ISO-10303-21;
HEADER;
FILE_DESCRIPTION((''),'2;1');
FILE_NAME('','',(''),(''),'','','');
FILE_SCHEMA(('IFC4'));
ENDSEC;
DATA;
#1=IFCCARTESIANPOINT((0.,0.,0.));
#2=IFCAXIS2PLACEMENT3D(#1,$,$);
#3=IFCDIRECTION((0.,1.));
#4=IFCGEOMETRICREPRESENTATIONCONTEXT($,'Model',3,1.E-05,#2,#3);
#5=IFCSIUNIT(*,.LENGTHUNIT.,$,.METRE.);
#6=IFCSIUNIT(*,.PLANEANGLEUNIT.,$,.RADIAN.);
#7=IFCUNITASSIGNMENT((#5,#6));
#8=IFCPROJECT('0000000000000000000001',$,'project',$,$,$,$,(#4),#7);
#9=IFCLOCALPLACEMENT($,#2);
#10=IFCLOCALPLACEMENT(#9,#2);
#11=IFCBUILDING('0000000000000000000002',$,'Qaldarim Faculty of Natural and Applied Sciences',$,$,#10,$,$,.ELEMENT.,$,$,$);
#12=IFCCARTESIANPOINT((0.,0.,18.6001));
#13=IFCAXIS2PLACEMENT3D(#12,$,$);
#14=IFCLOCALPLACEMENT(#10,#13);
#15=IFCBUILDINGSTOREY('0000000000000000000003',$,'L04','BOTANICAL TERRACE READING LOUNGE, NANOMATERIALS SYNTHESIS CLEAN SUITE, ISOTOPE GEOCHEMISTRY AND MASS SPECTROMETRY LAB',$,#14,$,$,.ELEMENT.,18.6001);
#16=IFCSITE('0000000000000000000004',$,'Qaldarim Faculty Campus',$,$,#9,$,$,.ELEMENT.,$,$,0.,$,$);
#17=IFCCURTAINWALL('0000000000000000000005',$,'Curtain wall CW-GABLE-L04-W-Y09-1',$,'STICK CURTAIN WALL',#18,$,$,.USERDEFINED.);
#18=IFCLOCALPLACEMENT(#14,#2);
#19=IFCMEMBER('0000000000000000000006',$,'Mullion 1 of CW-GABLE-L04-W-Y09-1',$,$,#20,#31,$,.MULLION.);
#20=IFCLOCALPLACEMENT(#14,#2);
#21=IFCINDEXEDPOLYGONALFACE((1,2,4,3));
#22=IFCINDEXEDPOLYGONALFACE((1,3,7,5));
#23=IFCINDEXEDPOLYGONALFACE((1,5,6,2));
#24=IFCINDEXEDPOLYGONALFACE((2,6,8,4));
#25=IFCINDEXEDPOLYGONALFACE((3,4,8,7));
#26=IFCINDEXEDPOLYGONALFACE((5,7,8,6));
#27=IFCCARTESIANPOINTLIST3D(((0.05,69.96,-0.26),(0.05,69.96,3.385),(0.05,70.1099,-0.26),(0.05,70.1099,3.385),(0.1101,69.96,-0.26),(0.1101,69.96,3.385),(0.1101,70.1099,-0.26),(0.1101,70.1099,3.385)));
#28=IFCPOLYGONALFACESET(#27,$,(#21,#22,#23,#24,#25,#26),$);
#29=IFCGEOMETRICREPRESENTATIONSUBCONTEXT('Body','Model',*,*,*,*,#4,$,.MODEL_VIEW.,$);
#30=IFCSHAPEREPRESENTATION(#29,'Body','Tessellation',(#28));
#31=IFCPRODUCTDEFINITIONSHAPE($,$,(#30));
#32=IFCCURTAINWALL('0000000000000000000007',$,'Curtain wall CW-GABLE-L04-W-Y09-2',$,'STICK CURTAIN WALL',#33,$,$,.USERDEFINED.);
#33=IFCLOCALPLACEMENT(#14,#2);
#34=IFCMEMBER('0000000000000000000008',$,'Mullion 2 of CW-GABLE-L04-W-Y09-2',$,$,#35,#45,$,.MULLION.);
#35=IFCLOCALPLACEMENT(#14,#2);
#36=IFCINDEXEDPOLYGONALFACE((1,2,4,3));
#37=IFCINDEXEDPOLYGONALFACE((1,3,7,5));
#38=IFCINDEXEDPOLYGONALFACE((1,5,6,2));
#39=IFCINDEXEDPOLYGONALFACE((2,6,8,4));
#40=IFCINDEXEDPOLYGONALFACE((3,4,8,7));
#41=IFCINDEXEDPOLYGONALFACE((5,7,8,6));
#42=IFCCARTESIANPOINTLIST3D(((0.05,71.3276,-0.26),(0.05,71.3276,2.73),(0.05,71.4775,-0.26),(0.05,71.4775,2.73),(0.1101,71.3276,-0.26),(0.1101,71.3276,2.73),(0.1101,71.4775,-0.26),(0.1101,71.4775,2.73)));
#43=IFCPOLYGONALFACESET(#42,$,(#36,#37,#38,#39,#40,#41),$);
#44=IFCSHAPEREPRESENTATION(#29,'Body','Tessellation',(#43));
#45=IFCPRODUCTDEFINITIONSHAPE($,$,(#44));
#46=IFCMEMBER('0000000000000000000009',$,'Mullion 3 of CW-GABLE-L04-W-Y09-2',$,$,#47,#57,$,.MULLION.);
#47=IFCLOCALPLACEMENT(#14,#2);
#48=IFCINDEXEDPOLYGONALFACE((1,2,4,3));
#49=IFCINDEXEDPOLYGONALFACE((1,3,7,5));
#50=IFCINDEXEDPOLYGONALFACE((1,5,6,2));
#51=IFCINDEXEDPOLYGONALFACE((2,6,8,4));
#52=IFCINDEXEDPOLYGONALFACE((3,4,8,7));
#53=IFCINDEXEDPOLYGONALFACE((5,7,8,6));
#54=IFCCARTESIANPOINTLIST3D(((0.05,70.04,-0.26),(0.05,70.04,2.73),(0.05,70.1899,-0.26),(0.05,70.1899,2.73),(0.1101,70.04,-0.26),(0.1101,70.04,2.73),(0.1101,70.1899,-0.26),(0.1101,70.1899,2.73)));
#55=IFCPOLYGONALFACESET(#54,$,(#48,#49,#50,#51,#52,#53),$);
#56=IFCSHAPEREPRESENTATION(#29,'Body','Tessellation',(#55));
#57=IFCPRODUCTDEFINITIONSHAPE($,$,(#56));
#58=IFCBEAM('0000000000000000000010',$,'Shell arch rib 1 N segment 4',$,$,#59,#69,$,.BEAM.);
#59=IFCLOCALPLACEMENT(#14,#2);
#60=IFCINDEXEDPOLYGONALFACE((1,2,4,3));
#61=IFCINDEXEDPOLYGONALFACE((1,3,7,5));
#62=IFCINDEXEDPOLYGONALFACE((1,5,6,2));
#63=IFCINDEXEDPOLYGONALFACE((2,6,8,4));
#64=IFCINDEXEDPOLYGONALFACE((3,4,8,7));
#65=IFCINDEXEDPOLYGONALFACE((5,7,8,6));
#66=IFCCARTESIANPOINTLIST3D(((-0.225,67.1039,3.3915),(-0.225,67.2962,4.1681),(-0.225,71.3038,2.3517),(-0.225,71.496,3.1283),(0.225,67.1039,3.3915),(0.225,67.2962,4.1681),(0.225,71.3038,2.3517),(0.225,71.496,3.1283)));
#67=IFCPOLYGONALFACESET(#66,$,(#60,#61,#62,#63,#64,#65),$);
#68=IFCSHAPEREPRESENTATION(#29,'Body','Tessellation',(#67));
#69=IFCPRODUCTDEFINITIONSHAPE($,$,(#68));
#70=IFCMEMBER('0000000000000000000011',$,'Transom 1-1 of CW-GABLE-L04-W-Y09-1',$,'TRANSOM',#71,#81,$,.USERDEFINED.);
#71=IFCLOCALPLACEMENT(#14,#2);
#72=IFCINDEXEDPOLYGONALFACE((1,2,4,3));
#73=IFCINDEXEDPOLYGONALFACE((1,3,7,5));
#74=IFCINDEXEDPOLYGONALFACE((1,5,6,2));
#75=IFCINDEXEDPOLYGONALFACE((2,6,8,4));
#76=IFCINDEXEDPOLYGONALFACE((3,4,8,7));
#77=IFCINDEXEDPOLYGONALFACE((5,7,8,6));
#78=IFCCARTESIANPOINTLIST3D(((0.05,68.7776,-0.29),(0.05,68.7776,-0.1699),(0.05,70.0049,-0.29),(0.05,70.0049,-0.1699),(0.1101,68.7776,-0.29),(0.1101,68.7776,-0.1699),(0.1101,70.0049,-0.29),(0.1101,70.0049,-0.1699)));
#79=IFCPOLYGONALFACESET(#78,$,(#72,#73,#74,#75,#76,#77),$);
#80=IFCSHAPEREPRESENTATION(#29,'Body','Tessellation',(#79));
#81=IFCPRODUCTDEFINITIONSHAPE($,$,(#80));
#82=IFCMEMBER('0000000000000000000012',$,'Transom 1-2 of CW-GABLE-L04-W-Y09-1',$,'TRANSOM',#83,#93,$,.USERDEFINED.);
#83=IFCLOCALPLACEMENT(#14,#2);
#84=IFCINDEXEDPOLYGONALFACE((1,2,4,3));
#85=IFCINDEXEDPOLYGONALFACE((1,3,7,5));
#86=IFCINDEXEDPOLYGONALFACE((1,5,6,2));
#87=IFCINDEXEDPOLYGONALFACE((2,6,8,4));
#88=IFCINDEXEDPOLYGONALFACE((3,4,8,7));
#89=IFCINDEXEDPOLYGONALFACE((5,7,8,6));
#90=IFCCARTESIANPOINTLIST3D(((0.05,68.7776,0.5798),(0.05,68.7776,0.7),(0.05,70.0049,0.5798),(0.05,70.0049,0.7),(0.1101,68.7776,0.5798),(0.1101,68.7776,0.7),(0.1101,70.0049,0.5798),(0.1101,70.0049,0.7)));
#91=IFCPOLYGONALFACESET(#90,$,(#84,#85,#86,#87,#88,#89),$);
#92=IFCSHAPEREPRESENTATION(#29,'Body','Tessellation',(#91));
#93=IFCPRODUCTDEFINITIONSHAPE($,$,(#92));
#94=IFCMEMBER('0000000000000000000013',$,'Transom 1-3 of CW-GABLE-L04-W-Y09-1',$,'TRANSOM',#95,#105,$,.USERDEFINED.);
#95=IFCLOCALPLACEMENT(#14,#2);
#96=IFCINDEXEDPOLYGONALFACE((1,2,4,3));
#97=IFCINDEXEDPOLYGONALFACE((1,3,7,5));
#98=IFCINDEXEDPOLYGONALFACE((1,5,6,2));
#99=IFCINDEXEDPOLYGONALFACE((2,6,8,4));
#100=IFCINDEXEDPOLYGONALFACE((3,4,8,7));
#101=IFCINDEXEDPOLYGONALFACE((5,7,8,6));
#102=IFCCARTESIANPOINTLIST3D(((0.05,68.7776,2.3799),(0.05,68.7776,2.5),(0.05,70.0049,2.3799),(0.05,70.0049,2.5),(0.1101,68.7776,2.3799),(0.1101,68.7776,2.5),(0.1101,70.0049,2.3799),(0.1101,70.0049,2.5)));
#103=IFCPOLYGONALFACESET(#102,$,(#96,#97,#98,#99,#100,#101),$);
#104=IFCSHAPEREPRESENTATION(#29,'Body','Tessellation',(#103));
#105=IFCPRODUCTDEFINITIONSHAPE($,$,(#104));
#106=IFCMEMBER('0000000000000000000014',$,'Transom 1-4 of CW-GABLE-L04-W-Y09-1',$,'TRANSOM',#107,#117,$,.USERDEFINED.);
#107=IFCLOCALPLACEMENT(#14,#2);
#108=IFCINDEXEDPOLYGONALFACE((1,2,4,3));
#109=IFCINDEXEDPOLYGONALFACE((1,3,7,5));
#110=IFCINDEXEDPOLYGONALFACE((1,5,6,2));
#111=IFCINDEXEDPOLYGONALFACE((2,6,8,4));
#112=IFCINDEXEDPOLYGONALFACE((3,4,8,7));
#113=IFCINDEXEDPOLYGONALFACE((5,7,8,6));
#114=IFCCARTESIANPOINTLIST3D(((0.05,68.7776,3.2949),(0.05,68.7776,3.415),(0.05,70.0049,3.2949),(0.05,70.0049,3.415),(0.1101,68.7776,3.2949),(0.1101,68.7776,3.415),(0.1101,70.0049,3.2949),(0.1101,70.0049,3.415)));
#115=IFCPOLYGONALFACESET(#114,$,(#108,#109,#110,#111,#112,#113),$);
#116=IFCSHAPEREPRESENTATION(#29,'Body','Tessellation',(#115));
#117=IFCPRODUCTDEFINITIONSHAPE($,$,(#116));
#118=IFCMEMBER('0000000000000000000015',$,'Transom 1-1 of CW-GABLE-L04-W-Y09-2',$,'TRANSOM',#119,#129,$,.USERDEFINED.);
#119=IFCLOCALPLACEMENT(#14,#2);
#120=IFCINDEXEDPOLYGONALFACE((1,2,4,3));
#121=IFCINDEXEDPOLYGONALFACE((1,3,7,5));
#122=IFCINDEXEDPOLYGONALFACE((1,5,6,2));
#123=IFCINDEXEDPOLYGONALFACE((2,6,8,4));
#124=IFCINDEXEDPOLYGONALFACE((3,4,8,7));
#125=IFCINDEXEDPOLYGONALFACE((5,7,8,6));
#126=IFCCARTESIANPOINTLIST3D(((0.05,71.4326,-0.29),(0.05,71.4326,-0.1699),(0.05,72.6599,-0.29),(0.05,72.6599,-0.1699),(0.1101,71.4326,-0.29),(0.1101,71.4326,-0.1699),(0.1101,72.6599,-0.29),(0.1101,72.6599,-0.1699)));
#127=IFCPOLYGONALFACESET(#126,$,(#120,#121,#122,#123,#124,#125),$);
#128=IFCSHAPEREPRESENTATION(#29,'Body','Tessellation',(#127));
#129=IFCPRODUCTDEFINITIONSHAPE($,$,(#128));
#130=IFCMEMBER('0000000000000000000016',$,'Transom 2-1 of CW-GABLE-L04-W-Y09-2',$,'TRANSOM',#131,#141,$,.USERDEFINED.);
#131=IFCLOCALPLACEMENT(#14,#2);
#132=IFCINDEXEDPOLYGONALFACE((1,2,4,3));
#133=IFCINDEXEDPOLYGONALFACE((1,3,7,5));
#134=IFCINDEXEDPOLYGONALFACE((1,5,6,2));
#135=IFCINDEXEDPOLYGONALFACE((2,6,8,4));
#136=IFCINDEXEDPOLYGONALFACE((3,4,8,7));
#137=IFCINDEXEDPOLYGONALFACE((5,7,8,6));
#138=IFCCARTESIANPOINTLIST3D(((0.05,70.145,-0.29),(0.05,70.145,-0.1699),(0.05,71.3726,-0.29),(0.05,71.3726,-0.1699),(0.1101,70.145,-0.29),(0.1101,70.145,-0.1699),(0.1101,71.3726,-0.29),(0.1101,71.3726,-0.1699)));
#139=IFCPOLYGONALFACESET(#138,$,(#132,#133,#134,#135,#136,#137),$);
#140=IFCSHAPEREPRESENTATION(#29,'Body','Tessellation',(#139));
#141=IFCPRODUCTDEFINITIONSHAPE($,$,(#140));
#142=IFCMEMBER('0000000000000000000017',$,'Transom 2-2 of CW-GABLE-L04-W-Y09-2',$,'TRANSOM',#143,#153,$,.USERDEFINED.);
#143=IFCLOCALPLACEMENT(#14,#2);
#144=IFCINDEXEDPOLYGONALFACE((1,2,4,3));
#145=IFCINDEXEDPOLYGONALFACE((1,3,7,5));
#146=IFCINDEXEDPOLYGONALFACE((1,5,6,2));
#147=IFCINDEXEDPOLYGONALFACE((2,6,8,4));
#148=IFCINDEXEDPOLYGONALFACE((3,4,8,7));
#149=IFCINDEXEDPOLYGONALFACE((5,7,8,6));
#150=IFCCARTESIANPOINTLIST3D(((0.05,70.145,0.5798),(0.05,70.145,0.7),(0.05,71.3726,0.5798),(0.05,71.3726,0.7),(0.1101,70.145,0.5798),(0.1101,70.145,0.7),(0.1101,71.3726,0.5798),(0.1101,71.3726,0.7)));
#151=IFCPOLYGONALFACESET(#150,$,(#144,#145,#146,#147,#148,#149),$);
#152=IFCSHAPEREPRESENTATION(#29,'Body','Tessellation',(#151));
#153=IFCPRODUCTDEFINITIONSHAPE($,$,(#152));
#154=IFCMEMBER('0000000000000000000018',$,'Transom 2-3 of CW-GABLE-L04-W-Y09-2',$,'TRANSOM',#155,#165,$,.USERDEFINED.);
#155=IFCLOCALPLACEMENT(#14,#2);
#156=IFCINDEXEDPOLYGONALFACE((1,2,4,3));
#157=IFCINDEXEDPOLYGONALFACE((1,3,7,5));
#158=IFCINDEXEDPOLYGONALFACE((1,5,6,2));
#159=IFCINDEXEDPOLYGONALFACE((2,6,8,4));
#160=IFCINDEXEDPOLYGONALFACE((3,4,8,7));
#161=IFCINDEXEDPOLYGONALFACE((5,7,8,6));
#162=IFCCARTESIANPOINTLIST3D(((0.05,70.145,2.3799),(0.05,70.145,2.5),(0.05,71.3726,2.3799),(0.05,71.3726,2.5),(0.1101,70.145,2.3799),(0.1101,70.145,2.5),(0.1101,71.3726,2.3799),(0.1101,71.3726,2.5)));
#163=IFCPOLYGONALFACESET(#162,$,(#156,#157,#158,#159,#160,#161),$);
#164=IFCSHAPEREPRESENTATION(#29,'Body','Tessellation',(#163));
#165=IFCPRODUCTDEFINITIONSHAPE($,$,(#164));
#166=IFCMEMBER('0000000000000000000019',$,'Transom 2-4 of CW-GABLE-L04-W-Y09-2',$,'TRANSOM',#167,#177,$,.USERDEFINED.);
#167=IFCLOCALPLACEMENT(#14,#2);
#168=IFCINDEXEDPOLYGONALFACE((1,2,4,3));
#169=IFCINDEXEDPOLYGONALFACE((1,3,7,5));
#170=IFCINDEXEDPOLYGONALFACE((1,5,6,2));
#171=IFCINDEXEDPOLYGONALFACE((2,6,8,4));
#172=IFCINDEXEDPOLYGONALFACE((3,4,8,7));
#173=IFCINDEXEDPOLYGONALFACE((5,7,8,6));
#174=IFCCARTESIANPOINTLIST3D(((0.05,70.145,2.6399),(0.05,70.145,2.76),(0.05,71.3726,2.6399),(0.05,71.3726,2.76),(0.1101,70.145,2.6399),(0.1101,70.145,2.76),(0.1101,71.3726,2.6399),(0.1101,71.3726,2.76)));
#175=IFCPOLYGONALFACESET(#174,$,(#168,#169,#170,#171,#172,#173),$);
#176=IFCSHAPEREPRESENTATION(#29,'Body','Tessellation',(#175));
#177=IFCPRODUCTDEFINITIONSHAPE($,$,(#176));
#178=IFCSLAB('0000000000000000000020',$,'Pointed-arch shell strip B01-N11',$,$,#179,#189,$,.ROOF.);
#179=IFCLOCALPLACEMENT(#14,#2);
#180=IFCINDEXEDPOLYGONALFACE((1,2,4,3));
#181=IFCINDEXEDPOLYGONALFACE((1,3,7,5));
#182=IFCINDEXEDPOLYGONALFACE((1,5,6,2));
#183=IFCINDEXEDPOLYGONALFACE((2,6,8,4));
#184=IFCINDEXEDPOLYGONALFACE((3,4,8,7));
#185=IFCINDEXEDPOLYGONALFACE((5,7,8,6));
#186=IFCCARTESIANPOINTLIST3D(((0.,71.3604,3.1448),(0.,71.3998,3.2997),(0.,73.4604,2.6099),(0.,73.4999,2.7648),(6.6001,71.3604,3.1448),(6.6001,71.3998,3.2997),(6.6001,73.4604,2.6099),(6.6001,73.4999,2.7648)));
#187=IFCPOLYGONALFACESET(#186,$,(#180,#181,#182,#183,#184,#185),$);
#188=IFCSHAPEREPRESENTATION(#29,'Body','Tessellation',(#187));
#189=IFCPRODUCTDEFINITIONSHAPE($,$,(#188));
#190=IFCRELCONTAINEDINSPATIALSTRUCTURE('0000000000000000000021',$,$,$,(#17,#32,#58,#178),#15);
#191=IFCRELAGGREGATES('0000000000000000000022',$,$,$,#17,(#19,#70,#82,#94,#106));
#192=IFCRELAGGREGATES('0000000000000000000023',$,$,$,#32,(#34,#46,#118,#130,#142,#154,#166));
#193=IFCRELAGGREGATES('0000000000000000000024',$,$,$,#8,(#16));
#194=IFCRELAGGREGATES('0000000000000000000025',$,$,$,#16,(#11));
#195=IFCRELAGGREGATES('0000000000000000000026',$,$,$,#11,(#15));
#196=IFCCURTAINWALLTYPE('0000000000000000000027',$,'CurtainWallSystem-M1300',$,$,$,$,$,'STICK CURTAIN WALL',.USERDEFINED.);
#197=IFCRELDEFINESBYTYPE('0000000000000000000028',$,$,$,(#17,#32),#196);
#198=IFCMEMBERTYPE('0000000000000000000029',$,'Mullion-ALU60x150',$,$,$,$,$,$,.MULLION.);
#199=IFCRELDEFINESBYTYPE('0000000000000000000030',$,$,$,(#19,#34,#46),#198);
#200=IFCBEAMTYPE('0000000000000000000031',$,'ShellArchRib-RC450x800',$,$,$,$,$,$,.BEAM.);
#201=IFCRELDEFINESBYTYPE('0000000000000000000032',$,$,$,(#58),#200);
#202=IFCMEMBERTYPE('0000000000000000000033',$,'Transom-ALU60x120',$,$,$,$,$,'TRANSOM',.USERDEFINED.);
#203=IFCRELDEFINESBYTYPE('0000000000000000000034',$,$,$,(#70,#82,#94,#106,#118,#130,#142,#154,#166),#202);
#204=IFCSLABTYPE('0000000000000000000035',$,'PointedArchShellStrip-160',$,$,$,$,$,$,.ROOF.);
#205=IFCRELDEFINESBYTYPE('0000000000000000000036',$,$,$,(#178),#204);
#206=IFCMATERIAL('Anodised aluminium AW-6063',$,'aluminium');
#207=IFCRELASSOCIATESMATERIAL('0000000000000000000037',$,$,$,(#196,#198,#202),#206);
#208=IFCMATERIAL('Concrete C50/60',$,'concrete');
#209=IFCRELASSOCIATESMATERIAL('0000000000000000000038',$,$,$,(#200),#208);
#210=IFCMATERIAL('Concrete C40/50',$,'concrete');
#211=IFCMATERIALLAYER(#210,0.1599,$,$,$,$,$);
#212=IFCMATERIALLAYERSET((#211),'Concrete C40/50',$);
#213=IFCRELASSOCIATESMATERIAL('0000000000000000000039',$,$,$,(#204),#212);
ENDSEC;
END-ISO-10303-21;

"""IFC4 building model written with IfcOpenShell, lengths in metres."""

from ifc_helpers import new_model, si_unit, direction, frame, origin, origin_2d, place, context, subcontext, project, spatial, polyline, rectangle, outline, extrude, material, layer, layer_set, material_profile, profile_set, type_object, element, aggregate, save


model = new_model("IFC4")

# Units and contexts
model_context = context("Model", 3, precision=1e-05, world=origin(), true_north=direction((0.0, 1.0)))
body_context = subcontext(model_context, "Body", "Model", "MODEL_VIEW")
ifc_project = project(units=[si_unit("LENGTHUNIT", "METRE"), si_unit("PLANEANGLEUNIT", "RADIAN")], contexts=[model_context])

# Site, building, storey
site_placement = place(None, origin())
site = spatial("IfcSite", under=ifc_project, at=site_placement, Name="Qaldarim Faculty Campus", CompositionType="ELEMENT", RefElevation=0.0)
building_placement = place(site_placement, origin())
building = spatial("IfcBuilding", under=site, at=building_placement, Name="Qaldarim Faculty of Natural and Applied Sciences", CompositionType="ELEMENT")
storey_placement = place(building_placement, frame((0.0, 0.0, 18.6001)))
storey = spatial("IfcBuildingStorey", under=building, at=storey_placement, Name="L04", Description="BOTANICAL TERRACE READING LOUNGE, NANOMATERIALS SYNTHESIS CLEAN SUITE, ISOTOPE GEOCHEMISTRY AND MASS SPECTROMETRY LAB", CompositionType="ELEMENT", Elevation=18.6001)

# Curtain wall, member
ifc_material_1 = material(Name="Anodised aluminium AW-6063", Category="aluminium")
curtain_wall_type = type_object("IfcCurtainWallType", Name="CurtainWallSystem-M1300", ElementType="STICK CURTAIN WALL", PredefinedType="USERDEFINED", material=ifc_material_1)
curtain_wall_1_placement = place(storey_placement, origin())
curtain_wall_1 = element("IfcCurtainWall", 1, at=curtain_wall_1_placement, inside=storey, type_object=curtain_wall_type, Name="Curtain wall CW-GABLE-L04-W-Y09-1", ObjectType="STICK CURTAIN WALL", PredefinedType="USERDEFINED")
ifc_material_profile_1 = material_profile(ifc_material_1, rectangle(XDim=0.0601, YDim=0.1499, at=origin_2d()), Name="ALU-M60x150")
ifc_profile_set_1 = profile_set([ifc_material_profile_1], Name="Anodised aluminium AW-6063")
member_type_1 = type_object("IfcMemberType", Name="Mullion-ALU60x150", PredefinedType="MULLION", material=ifc_profile_set_1)
member_1_placement = place(storey_placement, frame((0.0801, 70.0349, -0.26), z_axis=(0.0, 0.0, 1.0), x_axis=(1.0, 0.0, 0.0)))
member_1 = element("IfcMember", 2, at=member_1_placement, type_object=member_type_1, Name="Mullion 1 of CW-GABLE-L04-W-Y09-1", PredefinedType="MULLION", context=body_context, shape_type="SweptSolid", body=[
    extrude(rectangle(XDim=0.0601, YDim=0.1499, at=origin_2d()), origin(), (0.0, 0.0, 1.0), 3.645),
])

# Curtain wall, members
curtain_wall_2_placement = place(storey_placement, origin())
curtain_wall_2 = element("IfcCurtainWall", 3, at=curtain_wall_2_placement, inside=storey, type_object=curtain_wall_type, Name="Curtain wall CW-GABLE-L04-W-Y09-2", ObjectType="STICK CURTAIN WALL", PredefinedType="USERDEFINED")
member_2_placement = place(storey_placement, frame((0.0801, 71.4026, -0.26), z_axis=(0.0, 0.0, 1.0), x_axis=(1.0, 0.0, 0.0)))
member_2 = element("IfcMember", 4, at=member_2_placement, type_object=member_type_1, Name="Mullion 2 of CW-GABLE-L04-W-Y09-2", PredefinedType="MULLION", context=body_context, shape_type="SweptSolid", body=[
    extrude(rectangle(XDim=0.0601, YDim=0.1499, at=origin_2d()), origin(), (0.0, 0.0, 1.0), 2.99),
])
member_3_placement = place(storey_placement, frame((0.0801, 70.115, -0.26), z_axis=(0.0, 0.0, 1.0), x_axis=(1.0, 0.0, 0.0)))
member_3 = element("IfcMember", 5, at=member_3_placement, type_object=member_type_1, Name="Mullion 3 of CW-GABLE-L04-W-Y09-2", PredefinedType="MULLION", context=body_context, shape_type="SweptSolid", body=[
    extrude(rectangle(XDim=0.0601, YDim=0.1499, at=origin_2d()), origin(), (0.0, 0.0, 1.0), 2.99),
])

# Beam
ifc_material_2 = material(Name="Concrete C50/60", Category="concrete")
ifc_material_profile_2 = material_profile(ifc_material_2, rectangle(XDim=0.45, YDim=0.8, at=origin_2d()), Name="RC-RIB450x800")
ifc_profile_set_2 = profile_set([ifc_material_profile_2], Name="Concrete C50/60")
beam_type = type_object("IfcBeamType", Name="ShellArchRib-RC450x800", PredefinedType="BEAM", material=ifc_profile_set_2)
beam_placement = place(storey_placement, frame((0.0, 71.3999, 2.74), z_axis=(0.0, -0.970694, 0.240318), x_axis=(1.0, 0.0, 0.0)))
element("IfcBeam", 6, at=beam_placement, inside=storey, type_object=beam_type, Name="Shell arch rib 1 N segment 4", PredefinedType="BEAM", context=body_context, shape_type="SweptSolid", body=[
    extrude(rectangle(XDim=0.45, YDim=0.8, at=origin_2d()), origin(), (0.0, 0.0, 1.0), 4.3267),
])

# Members
ifc_material_profile_3 = material_profile(ifc_material_1, rectangle(XDim=0.0601, YDim=0.1201, at=origin_2d()), Name="ALU-T60x120")
ifc_profile_set_3 = profile_set([ifc_material_profile_3], Name="Anodised aluminium AW-6063")
member_type_2 = type_object("IfcMemberType", Name="Transom-ALU60x120", ElementType="TRANSOM", PredefinedType="USERDEFINED", material=ifc_profile_set_3)
member_4_placement = place(storey_placement, frame((0.0801, 70.0049, -0.23), z_axis=(0.0, -1.0, 0.0), x_axis=(1.0, 0.0, 0.0)))
member_4 = element("IfcMember", 7, at=member_4_placement, type_object=member_type_2, Name="Transom 1-1 of CW-GABLE-L04-W-Y09-1", ObjectType="TRANSOM", PredefinedType="USERDEFINED", context=body_context, shape_type="SweptSolid", body=[
    extrude(rectangle(XDim=0.0601, YDim=0.1201, at=origin_2d()), origin(), (0.0, 0.0, 1.0), 1.2273),
])
member_5_placement = place(storey_placement, frame((0.0801, 70.0049, 0.6399), z_axis=(0.0, -1.0, 0.0), x_axis=(1.0, 0.0, 0.0)))
member_5 = element("IfcMember", 8, at=member_5_placement, type_object=member_type_2, Name="Transom 1-2 of CW-GABLE-L04-W-Y09-1", ObjectType="TRANSOM", PredefinedType="USERDEFINED", context=body_context, shape_type="SweptSolid", body=[
    extrude(rectangle(XDim=0.0601, YDim=0.1201, at=origin_2d()), origin(), (0.0, 0.0, 1.0), 1.2273),
])
member_6_placement = place(storey_placement, frame((0.0801, 70.0049, 2.4399), z_axis=(0.0, -1.0, 0.0), x_axis=(1.0, 0.0, 0.0)))
member_6 = element("IfcMember", 9, at=member_6_placement, type_object=member_type_2, Name="Transom 1-3 of CW-GABLE-L04-W-Y09-1", ObjectType="TRANSOM", PredefinedType="USERDEFINED", context=body_context, shape_type="SweptSolid", body=[
    extrude(rectangle(XDim=0.0601, YDim=0.1201, at=origin_2d()), origin(), (0.0, 0.0, 1.0), 1.2273),
])
member_7_placement = place(storey_placement, frame((0.0801, 70.0049, 3.355), z_axis=(0.0, -1.0, 0.0), x_axis=(1.0, 0.0, 0.0)))
member_7 = element("IfcMember", 10, at=member_7_placement, type_object=member_type_2, Name="Transom 1-4 of CW-GABLE-L04-W-Y09-1", ObjectType="TRANSOM", PredefinedType="USERDEFINED", context=body_context, shape_type="SweptSolid", body=[
    extrude(rectangle(XDim=0.0601, YDim=0.1201, at=origin_2d()), origin(), (0.0, 0.0, 1.0), 1.2273),
])
member_8_placement = place(storey_placement, frame((0.0801, 72.6599, -0.23), z_axis=(0.0, -1.0, 0.0), x_axis=(1.0, 0.0, 0.0)))
member_8 = element("IfcMember", 11, at=member_8_placement, type_object=member_type_2, Name="Transom 1-1 of CW-GABLE-L04-W-Y09-2", ObjectType="TRANSOM", PredefinedType="USERDEFINED", context=body_context, shape_type="SweptSolid", body=[
    extrude(rectangle(XDim=0.0601, YDim=0.1201, at=origin_2d()), origin(), (0.0, 0.0, 1.0), 1.2273),
])
member_9_placement = place(storey_placement, frame((0.0801, 71.3726, -0.23), z_axis=(0.0, -1.0, 0.0), x_axis=(1.0, 0.0, 0.0)))
member_9 = element("IfcMember", 12, at=member_9_placement, type_object=member_type_2, Name="Transom 2-1 of CW-GABLE-L04-W-Y09-2", ObjectType="TRANSOM", PredefinedType="USERDEFINED", context=body_context, shape_type="SweptSolid", body=[
    extrude(rectangle(XDim=0.0601, YDim=0.1201, at=origin_2d()), origin(), (0.0, 0.0, 1.0), 1.2275),
])
member_10_placement = place(storey_placement, frame((0.0801, 71.3726, 0.6399), z_axis=(0.0, -1.0, 0.0), x_axis=(1.0, 0.0, 0.0)))
member_10 = element("IfcMember", 13, at=member_10_placement, type_object=member_type_2, Name="Transom 2-2 of CW-GABLE-L04-W-Y09-2", ObjectType="TRANSOM", PredefinedType="USERDEFINED", context=body_context, shape_type="SweptSolid", body=[
    extrude(rectangle(XDim=0.0601, YDim=0.1201, at=origin_2d()), origin(), (0.0, 0.0, 1.0), 1.2275),
])
member_11_placement = place(storey_placement, frame((0.0801, 71.3726, 2.4399), z_axis=(0.0, -1.0, 0.0), x_axis=(1.0, 0.0, 0.0)))
member_11 = element("IfcMember", 14, at=member_11_placement, type_object=member_type_2, Name="Transom 2-3 of CW-GABLE-L04-W-Y09-2", ObjectType="TRANSOM", PredefinedType="USERDEFINED", context=body_context, shape_type="SweptSolid", body=[
    extrude(rectangle(XDim=0.0601, YDim=0.1201, at=origin_2d()), origin(), (0.0, 0.0, 1.0), 1.2275),
])
member_12_placement = place(storey_placement, frame((0.0801, 71.3726, 2.7), z_axis=(0.0, -1.0, 0.0), x_axis=(1.0, 0.0, 0.0)))
member_12 = element("IfcMember", 15, at=member_12_placement, type_object=member_type_2, Name="Transom 2-4 of CW-GABLE-L04-W-Y09-2", ObjectType="TRANSOM", PredefinedType="USERDEFINED", context=body_context, shape_type="SweptSolid", body=[
    extrude(rectangle(XDim=0.0601, YDim=0.1201, at=origin_2d()), origin(), (0.0, 0.0, 1.0), 1.2275),
])

# Slab
ifc_material_3 = material(Name="Concrete C40/50", Category="concrete")
ifc_layer_1 = layer(ifc_material_3, 0.1599)
ifc_layer_set_1 = layer_set([ifc_layer_1], Name="Concrete C40/50")
slab_type = type_object("IfcSlabType", Name="PointedArchShellStrip-160", PredefinedType="ROOF", material=ifc_layer_set_1)
slab_placement = place(storey_placement, frame((0.0, 71.3604, 3.1448), z_axis=(0.0, 0.246827, 0.969059), x_axis=(1.0, 0.0, 0.0)))
element("IfcSlab", 16, at=slab_placement, inside=storey, type_object=slab_type, Name="Pointed-arch shell strip B01-N11", PredefinedType="ROOF", context=body_context, shape_type="SweptSolid", body=[
    extrude(outline(polyline([(0.0, 0.0), (6.6001, 0.0), (6.6001, 2.1672), (0.0, 2.1672), (0.0, 0.0)])), origin(), (0.0, 0.0, 1.0), 0.1599),
])

aggregate(curtain_wall_1, [member_1, member_4, member_5, member_6, member_7])
aggregate(curtain_wall_2, [member_2, member_3, member_8, member_9, member_10, member_11, member_12])

save(model, "model.ifc")
